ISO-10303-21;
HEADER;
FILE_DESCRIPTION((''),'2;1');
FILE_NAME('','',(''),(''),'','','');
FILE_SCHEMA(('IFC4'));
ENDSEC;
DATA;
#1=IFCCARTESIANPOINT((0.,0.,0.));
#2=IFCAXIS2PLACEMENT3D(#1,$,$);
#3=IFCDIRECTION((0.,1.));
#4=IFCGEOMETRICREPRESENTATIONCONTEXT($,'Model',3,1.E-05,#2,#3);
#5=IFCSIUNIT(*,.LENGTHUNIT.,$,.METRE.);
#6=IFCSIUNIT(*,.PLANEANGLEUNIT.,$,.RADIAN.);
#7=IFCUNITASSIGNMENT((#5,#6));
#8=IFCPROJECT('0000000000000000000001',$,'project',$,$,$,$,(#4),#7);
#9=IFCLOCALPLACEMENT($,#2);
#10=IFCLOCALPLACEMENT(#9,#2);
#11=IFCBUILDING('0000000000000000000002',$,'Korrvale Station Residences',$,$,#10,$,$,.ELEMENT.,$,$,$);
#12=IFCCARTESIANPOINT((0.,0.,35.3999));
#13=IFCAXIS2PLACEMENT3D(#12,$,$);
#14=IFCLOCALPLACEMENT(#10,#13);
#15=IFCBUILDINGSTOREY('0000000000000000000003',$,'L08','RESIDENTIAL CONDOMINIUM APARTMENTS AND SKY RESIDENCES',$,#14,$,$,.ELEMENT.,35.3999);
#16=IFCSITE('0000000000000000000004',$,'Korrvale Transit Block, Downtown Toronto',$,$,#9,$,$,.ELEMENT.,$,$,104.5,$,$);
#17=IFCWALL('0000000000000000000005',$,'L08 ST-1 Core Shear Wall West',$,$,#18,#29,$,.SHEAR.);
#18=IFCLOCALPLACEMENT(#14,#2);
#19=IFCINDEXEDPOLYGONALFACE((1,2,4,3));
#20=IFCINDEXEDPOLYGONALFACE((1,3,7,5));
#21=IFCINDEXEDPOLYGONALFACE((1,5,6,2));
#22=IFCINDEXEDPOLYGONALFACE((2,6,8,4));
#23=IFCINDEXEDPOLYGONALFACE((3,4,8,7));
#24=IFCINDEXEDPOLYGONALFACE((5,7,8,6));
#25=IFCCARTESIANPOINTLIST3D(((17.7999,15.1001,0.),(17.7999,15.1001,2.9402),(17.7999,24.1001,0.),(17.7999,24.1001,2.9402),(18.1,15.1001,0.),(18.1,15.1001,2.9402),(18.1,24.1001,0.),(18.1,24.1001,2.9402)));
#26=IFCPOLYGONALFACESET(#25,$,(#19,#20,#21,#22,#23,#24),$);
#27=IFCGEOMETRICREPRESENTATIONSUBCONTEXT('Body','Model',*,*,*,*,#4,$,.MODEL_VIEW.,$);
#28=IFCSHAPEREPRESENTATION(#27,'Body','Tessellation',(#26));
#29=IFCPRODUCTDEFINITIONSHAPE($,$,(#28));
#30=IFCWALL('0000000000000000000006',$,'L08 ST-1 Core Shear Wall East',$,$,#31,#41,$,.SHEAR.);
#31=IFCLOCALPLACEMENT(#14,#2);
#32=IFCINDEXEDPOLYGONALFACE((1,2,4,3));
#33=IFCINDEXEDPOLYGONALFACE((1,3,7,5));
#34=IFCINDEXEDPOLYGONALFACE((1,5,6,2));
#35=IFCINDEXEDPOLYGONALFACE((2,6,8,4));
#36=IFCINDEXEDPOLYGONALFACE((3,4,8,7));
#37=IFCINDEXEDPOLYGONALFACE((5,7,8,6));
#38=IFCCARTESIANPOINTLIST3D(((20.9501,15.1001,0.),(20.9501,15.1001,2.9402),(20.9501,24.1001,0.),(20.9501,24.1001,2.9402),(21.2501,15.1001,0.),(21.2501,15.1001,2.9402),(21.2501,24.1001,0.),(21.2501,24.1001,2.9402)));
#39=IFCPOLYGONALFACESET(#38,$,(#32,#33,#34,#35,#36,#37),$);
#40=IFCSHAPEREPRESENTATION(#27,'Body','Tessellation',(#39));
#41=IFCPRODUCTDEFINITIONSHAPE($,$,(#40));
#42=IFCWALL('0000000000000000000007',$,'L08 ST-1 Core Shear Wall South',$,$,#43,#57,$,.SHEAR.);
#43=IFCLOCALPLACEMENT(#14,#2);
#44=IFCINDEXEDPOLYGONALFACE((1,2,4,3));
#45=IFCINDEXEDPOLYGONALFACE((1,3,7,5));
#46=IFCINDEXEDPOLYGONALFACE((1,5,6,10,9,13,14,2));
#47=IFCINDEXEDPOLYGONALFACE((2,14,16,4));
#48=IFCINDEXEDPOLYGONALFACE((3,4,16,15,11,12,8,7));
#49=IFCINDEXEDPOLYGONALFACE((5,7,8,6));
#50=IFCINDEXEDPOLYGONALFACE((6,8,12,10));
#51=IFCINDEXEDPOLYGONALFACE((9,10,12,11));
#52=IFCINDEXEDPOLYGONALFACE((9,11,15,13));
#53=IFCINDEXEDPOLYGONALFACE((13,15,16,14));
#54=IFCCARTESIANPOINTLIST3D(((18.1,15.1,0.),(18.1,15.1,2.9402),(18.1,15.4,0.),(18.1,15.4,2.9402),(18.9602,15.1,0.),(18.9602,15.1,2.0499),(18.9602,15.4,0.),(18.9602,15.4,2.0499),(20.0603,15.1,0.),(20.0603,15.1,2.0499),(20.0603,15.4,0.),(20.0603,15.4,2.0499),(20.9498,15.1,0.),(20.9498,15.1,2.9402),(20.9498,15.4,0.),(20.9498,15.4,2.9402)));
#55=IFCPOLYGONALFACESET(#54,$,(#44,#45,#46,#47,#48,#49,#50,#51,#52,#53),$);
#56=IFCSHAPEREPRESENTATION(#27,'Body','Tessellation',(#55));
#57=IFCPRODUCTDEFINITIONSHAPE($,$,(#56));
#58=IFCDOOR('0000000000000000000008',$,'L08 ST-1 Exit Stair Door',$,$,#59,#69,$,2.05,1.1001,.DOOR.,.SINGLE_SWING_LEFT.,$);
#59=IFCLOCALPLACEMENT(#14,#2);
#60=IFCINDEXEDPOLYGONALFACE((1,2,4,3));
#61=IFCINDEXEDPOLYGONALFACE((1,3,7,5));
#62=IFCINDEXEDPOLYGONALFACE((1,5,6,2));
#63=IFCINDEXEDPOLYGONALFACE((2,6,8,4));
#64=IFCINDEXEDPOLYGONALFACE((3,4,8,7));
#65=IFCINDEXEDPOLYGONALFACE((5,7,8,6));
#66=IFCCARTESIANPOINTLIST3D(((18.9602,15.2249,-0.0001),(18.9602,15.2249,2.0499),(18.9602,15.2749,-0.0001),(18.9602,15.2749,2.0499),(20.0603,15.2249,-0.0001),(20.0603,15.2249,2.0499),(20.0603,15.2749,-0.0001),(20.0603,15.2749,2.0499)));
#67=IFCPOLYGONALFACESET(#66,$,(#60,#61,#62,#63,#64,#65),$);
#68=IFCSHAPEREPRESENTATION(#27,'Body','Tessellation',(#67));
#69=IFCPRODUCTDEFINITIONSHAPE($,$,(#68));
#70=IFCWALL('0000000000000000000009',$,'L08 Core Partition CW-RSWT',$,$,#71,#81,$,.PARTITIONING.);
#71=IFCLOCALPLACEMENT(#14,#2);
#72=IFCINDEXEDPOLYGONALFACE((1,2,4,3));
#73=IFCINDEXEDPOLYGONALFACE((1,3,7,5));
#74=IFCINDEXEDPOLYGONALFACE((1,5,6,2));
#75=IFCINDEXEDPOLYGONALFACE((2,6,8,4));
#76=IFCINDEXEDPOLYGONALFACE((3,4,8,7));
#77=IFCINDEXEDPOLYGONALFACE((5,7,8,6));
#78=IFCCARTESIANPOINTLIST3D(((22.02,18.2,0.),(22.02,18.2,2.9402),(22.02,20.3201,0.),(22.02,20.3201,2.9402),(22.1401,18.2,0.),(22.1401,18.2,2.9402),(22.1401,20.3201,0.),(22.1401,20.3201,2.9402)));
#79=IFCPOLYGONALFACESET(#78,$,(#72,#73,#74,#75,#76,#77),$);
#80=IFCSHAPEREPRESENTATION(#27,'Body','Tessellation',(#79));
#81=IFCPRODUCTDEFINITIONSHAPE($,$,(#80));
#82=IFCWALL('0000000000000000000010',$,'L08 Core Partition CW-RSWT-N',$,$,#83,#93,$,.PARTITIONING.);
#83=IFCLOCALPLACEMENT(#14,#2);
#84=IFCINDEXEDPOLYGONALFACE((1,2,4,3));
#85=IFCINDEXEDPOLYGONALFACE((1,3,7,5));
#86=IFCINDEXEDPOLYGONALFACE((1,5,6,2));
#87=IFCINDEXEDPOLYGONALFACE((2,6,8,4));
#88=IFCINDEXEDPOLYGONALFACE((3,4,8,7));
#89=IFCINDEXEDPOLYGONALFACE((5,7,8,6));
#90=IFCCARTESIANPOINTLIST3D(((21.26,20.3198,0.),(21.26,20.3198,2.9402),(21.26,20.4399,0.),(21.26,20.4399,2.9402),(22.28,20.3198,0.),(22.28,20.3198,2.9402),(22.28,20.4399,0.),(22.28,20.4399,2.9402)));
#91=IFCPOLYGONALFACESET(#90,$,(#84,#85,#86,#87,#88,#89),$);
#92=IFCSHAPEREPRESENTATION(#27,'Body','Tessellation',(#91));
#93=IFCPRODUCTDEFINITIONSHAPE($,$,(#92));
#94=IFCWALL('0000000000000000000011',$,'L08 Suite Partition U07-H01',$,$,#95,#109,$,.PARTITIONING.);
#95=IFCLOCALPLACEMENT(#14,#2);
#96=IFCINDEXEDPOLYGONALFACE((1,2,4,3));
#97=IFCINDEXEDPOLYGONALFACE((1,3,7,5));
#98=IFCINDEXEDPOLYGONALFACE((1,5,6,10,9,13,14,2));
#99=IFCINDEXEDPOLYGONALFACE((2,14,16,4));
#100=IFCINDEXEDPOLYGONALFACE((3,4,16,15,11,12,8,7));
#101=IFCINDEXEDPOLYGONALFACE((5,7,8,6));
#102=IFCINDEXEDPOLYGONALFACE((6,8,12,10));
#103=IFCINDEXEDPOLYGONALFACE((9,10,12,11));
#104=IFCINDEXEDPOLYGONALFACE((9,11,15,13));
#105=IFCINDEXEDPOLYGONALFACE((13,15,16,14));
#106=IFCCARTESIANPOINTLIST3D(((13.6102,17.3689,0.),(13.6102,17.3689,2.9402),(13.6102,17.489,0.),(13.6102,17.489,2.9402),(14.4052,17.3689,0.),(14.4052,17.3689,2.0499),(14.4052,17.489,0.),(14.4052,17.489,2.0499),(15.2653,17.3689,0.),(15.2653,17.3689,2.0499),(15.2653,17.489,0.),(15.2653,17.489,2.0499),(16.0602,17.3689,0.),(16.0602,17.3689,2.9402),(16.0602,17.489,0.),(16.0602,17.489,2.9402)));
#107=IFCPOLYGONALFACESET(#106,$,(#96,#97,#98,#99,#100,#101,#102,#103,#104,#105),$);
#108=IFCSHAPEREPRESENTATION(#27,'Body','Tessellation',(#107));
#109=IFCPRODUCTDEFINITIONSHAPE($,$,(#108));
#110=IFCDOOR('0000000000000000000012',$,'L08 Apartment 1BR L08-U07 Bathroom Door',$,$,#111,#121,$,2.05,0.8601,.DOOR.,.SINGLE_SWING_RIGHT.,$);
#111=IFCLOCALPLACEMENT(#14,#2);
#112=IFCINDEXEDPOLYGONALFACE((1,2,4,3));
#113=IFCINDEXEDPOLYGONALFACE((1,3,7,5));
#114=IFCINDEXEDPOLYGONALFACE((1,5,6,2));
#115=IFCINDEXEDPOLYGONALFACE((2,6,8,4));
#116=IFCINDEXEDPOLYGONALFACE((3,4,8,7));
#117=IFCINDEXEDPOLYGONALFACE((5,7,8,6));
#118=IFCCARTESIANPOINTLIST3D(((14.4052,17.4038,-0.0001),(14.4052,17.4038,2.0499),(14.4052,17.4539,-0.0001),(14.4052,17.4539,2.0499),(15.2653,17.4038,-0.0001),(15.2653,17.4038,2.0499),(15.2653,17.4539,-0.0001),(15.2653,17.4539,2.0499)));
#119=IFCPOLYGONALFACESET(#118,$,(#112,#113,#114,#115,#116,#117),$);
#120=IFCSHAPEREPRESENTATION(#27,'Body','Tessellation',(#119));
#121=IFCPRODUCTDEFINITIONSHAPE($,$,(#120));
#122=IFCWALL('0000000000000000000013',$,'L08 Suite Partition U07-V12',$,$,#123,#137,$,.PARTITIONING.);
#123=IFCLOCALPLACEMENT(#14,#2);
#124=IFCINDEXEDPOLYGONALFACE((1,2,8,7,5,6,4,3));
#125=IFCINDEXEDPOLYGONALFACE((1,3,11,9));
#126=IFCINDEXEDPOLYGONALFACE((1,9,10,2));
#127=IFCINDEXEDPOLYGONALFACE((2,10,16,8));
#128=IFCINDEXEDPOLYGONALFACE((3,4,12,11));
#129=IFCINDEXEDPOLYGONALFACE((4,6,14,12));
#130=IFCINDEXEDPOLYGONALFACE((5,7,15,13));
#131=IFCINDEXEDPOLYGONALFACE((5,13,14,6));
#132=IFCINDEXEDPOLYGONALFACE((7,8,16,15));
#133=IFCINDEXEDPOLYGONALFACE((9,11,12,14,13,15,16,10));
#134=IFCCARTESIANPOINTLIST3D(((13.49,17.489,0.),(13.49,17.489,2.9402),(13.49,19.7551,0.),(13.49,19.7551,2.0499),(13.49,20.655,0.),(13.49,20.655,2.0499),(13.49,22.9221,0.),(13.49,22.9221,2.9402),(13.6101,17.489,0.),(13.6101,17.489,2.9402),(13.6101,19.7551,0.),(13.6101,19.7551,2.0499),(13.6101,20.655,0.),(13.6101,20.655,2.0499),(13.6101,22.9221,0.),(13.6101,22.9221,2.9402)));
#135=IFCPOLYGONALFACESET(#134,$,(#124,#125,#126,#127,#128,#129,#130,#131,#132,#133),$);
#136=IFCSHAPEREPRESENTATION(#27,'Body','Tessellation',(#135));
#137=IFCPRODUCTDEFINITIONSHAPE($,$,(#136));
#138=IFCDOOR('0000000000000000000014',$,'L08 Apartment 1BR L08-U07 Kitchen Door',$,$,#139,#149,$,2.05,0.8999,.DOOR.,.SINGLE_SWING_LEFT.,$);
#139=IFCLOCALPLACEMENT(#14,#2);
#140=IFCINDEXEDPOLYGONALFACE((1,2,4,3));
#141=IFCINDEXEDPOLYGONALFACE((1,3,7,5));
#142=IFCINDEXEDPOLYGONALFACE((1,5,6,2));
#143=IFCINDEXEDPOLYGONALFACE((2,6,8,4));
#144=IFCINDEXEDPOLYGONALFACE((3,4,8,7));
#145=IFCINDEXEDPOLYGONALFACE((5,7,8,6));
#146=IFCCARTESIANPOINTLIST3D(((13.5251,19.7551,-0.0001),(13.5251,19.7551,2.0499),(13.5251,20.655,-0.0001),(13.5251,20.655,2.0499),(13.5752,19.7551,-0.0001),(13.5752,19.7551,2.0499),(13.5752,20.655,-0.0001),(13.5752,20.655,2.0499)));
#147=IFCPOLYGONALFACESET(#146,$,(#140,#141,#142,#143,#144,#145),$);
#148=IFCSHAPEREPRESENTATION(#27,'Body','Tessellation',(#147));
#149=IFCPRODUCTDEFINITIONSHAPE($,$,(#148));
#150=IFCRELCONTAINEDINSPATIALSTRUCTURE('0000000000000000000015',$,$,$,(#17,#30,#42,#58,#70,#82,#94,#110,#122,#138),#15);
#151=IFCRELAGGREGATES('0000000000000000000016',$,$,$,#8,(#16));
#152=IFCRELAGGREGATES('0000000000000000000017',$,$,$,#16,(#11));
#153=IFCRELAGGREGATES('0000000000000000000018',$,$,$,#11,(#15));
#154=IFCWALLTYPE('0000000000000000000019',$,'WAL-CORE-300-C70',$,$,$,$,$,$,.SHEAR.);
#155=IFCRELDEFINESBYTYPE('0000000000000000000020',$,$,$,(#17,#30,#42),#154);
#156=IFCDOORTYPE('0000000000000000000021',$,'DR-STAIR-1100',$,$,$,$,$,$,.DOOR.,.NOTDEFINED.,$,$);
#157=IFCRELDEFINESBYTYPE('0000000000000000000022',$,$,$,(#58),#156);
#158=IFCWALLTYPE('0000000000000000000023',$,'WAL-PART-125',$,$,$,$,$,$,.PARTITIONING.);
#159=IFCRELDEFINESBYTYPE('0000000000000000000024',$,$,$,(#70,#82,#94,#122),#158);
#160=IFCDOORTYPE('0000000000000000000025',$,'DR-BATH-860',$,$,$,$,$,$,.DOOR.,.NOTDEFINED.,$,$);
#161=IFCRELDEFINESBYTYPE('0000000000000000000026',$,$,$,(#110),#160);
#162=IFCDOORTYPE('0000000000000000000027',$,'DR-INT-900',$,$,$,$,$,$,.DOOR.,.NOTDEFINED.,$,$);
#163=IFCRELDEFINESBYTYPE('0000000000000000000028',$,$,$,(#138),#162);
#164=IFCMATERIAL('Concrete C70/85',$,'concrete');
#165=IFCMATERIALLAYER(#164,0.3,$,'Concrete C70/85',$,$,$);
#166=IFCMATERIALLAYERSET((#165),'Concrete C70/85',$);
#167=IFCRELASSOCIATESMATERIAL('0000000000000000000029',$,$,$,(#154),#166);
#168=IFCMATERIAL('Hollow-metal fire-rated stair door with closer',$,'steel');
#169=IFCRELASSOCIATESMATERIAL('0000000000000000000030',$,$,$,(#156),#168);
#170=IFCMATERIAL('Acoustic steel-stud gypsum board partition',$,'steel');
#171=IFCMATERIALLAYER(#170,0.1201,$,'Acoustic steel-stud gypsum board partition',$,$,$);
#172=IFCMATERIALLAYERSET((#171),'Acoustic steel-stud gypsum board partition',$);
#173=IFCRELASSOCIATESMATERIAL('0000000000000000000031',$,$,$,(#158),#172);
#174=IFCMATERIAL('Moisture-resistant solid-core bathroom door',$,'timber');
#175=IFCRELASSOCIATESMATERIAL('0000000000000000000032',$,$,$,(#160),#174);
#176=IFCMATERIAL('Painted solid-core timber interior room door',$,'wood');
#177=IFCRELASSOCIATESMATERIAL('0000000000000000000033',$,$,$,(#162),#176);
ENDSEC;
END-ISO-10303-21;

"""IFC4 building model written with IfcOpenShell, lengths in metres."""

from ifc_helpers import new_model, si_unit, direction, frame, frame_2d, origin, place, context, subcontext, project, spatial, rectangle, extrude, material, layer, layer_set, type_object, element, fill, save


model = new_model("IFC4")

# Units and contexts
model_context = context("Model", 3, precision=1e-05, world=origin(), true_north=direction((0.0, 1.0)))
body_context = subcontext(model_context, "Body", "Model", "MODEL_VIEW")
ifc_project = project(units=[si_unit("LENGTHUNIT", "METRE"), si_unit("PLANEANGLEUNIT", "RADIAN")], contexts=[model_context])

# Site, building, storey
site_placement = place(None, origin())
site = spatial("IfcSite", under=ifc_project, at=site_placement, Name="Korrvale Transit Block, Downtown Toronto", CompositionType="ELEMENT", RefElevation=104.5)
building_placement = place(site_placement, origin())
building = spatial("IfcBuilding", under=site, at=building_placement, Name="Korrvale Station Residences", CompositionType="ELEMENT")
storey_placement = place(building_placement, frame((0.0, 0.0, 35.3999)))
storey = spatial("IfcBuildingStorey", under=building, at=storey_placement, Name="L08", Description="RESIDENTIAL CONDOMINIUM APARTMENTS AND SKY RESIDENCES", CompositionType="ELEMENT", Elevation=35.3999)

# Walls
ifc_material_1 = material(Name="Concrete C70/85", Category="concrete")
ifc_layer_1 = layer(ifc_material_1, 0.3, Name="Concrete C70/85")
ifc_layer_set_1 = layer_set([ifc_layer_1], Name="Concrete C70/85")
wall_type_1 = type_object("IfcWallType", Name="WAL-CORE-300-C70", PredefinedType="SHEAR", material=ifc_layer_set_1)
for number, where, z_axis, x_axis, name in (
    (1, (17.95, 15.1001, 0.0), (0.0, 0.0, 1.0), (0.0, 1.0, 0.0), "L08 ST-1 Core Shear Wall West"),
    (2, (21.1001, 15.1001, 0.0), (0.0, 0.0, 1.0), (0.0, 1.0, 0.0), "L08 ST-1 Core Shear Wall East"),
):
    element("IfcWall", number, at=place(storey_placement, frame(where, z_axis=z_axis, x_axis=x_axis)), inside=storey, type_object=wall_type_1, Name=name, PredefinedType="SHEAR", context=body_context, shape_type="SweptSolid", body=[
        extrude(rectangle(XDim=9.0, YDim=0.3, at=frame_2d((4.5, 0.0))), origin(), (0.0, 0.0, 1.0), 2.9402),
    ])

# Wall, opening, door
wall_1_placement = place(storey_placement, frame((18.1001, 15.25, 0.0), z_axis=(0.0, 0.0, 1.0), x_axis=(1.0, 0.0, 0.0)))
wall_1 = element("IfcWall", 3, at=wall_1_placement, inside=storey, type_object=wall_type_1, Name="L08 ST-1 Core Shear Wall South", PredefinedType="SHEAR", context=body_context, shape_type="SweptSolid", body=[
    extrude(rectangle(XDim=2.8499, YDim=0.3, at=frame_2d((1.4248, 0.0))), origin(), (0.0, 0.0, 1.0), 2.9402),
])
opening_1_placement = place(wall_1_placement, frame((0.8601, 0.0, 0.0)))
opening_1 = element("IfcOpeningElement", 4, at=opening_1_placement, cuts=wall_1, PredefinedType="OPENING", context=body_context, shape_type="SweptSolid", body=[
    extrude(rectangle(XDim=1.1001, YDim=2.05, at=frame_2d((0.55, 1.0249))), frame((0.0, 0.1602, 0.0), z_axis=(0.0, -1.0, 0.0), x_axis=(1.0, 0.0, 0.0)), (0.0, 0.0, 1.0), 0.3201),
])
ifc_material_2 = material(Name="Hollow-metal fire-rated stair door with closer", Category="steel")
door_type_1 = type_object("IfcDoorType", Name="DR-STAIR-1100", OperationType="NOTDEFINED", PredefinedType="DOOR", material=ifc_material_2)
door_1_placement = place(opening_1_placement, origin())
door_1 = element("IfcDoor", 5, at=door_1_placement, inside=storey, type_object=door_type_1, Name="L08 ST-1 Exit Stair Door", OperationType="SINGLE_SWING_LEFT", OverallHeight=2.05, OverallWidth=1.1001, PredefinedType="DOOR", context=body_context, shape_type="SweptSolid", body=[
    extrude(rectangle(XDim=1.1001, YDim=2.05, at=frame_2d((0.55, 1.0249))), frame((0.0, 0.0249, 0.0), z_axis=(0.0, -1.0, 0.0), x_axis=(1.0, 0.0, 0.0)), (0.0, 0.0, 1.0), 0.05),
])
fill(opening_1, door_1)

# Walls
ifc_material_3 = material(Name="Acoustic steel-stud gypsum board partition", Category="steel")
ifc_layer_2 = layer(ifc_material_3, 0.1201, Name="Acoustic steel-stud gypsum board partition")
ifc_layer_set_2 = layer_set([ifc_layer_2], Name="Acoustic steel-stud gypsum board partition")
wall_type_2 = type_object("IfcWallType", Name="WAL-PART-125", PredefinedType="PARTITIONING", material=ifc_layer_set_2)
wall_2_placement = place(storey_placement, frame((22.0801, 18.2, 0.0), z_axis=(0.0, 0.0, 1.0), x_axis=(0.0, 1.0, 0.0)))
element("IfcWall", 6, at=wall_2_placement, inside=storey, type_object=wall_type_2, Name="L08 Core Partition CW-RSWT", PredefinedType="PARTITIONING", context=body_context, shape_type="SweptSolid", body=[
    extrude(rectangle(XDim=2.1201, YDim=0.1201, at=frame_2d((1.0601, 0.0))), origin(), (0.0, 0.0, 1.0), 2.9402),
])
wall_3_placement = place(storey_placement, frame((22.28, 20.3799, 0.0), z_axis=(0.0, 0.0, 1.0), x_axis=(-1.0, 0.0, 0.0)))
element("IfcWall", 7, at=wall_3_placement, inside=storey, type_object=wall_type_2, Name="L08 Core Partition CW-RSWT-N", PredefinedType="PARTITIONING", context=body_context, shape_type="SweptSolid", body=[
    extrude(rectangle(XDim=1.02, YDim=0.1201, at=frame_2d((0.51, 0.0))), origin(), (0.0, 0.0, 1.0), 2.9402),
])

# Walls, openings, doors
wall_4_placement = place(storey_placement, frame((13.6101, 17.429, 0.0), z_axis=(0.0, 0.0, 1.0), x_axis=(1.0, 0.0, 0.0)))
wall_4 = element("IfcWall", 8, at=wall_4_placement, inside=storey, type_object=wall_type_2, Name="L08 Suite Partition U07-H01", PredefinedType="PARTITIONING", context=body_context, shape_type="SweptSolid", body=[
    extrude(rectangle(XDim=2.45, YDim=0.1201, at=frame_2d((1.2251, 0.0))), origin(), (0.0, 0.0, 1.0), 2.9402),
])
opening_2_placement = place(wall_4_placement, frame((0.7949, 0.0, 0.0)))
opening_2 = element("IfcOpeningElement", 9, at=opening_2_placement, cuts=wall_4, PredefinedType="OPENING", context=body_context, shape_type="SweptSolid", body=[
    extrude(rectangle(XDim=0.8601, YDim=2.05, at=frame_2d((0.4302, 1.0249))), frame((0.0, 0.0701, 0.0), z_axis=(0.0, -1.0, 0.0), x_axis=(1.0, 0.0, 0.0)), (0.0, 0.0, 1.0), 0.1401),
])
ifc_material_4 = material(Name="Moisture-resistant solid-core bathroom door", Category="timber")
door_type_2 = type_object("IfcDoorType", Name="DR-BATH-860", OperationType="NOTDEFINED", PredefinedType="DOOR", material=ifc_material_4)
door_2_placement = place(opening_2_placement, origin())
door_2 = element("IfcDoor", 10, at=door_2_placement, inside=storey, type_object=door_type_2, Name="L08 Apartment 1BR L08-U07 Bathroom Door", OperationType="SINGLE_SWING_RIGHT", OverallHeight=2.05, OverallWidth=0.8601, PredefinedType="DOOR", context=body_context, shape_type="SweptSolid", body=[
    extrude(rectangle(XDim=0.8601, YDim=2.05, at=frame_2d((0.4302, 1.0249))), frame((0.0, 0.0249, 0.0), z_axis=(0.0, -1.0, 0.0), x_axis=(1.0, 0.0, 0.0)), (0.0, 0.0, 1.0), 0.05),
])
fill(opening_2, door_2)
wall_5_placement = place(storey_placement, frame((13.55, 17.489, 0.0), z_axis=(0.0, 0.0, 1.0), x_axis=(0.0, 1.0, 0.0)))
wall_5 = element("IfcWall", 11, at=wall_5_placement, inside=storey, type_object=wall_type_2, Name="L08 Suite Partition U07-V12", PredefinedType="PARTITIONING", context=body_context, shape_type="SweptSolid", body=[
    extrude(rectangle(XDim=5.4331, YDim=0.1201, at=frame_2d((2.7166, 0.0))), origin(), (0.0, 0.0, 1.0), 2.9402),
])
opening_3_placement = place(wall_5_placement, frame((2.2661, 0.0, 0.0)))
opening_3 = element("IfcOpeningElement", 12, at=opening_3_placement, cuts=wall_5, PredefinedType="OPENING", context=body_context, shape_type="SweptSolid", body=[
    extrude(rectangle(XDim=0.8999, YDim=2.05, at=frame_2d((0.45, 1.0249))), frame((0.0, 0.0701, 0.0), z_axis=(0.0, -1.0, 0.0), x_axis=(1.0, 0.0, 0.0)), (0.0, 0.0, 1.0), 0.1401),
])
ifc_material_5 = material(Name="Painted solid-core timber interior room door", Category="wood")
door_type_3 = type_object("IfcDoorType", Name="DR-INT-900", OperationType="NOTDEFINED", PredefinedType="DOOR", material=ifc_material_5)
door_3_placement = place(opening_3_placement, origin())
door_3 = element("IfcDoor", 13, at=door_3_placement, inside=storey, type_object=door_type_3, Name="L08 Apartment 1BR L08-U07 Kitchen Door", OperationType="SINGLE_SWING_LEFT", OverallHeight=2.05, OverallWidth=0.8999, PredefinedType="DOOR", context=body_context, shape_type="SweptSolid", body=[
    extrude(rectangle(XDim=0.8999, YDim=2.05, at=frame_2d((0.45, 1.0249))), frame((0.0, 0.0249, 0.0), z_axis=(0.0, -1.0, 0.0), x_axis=(1.0, 0.0, 0.0)), (0.0, 0.0, 1.0), 0.05),
])
fill(opening_3, door_3)

save(model, "model.ifc")
